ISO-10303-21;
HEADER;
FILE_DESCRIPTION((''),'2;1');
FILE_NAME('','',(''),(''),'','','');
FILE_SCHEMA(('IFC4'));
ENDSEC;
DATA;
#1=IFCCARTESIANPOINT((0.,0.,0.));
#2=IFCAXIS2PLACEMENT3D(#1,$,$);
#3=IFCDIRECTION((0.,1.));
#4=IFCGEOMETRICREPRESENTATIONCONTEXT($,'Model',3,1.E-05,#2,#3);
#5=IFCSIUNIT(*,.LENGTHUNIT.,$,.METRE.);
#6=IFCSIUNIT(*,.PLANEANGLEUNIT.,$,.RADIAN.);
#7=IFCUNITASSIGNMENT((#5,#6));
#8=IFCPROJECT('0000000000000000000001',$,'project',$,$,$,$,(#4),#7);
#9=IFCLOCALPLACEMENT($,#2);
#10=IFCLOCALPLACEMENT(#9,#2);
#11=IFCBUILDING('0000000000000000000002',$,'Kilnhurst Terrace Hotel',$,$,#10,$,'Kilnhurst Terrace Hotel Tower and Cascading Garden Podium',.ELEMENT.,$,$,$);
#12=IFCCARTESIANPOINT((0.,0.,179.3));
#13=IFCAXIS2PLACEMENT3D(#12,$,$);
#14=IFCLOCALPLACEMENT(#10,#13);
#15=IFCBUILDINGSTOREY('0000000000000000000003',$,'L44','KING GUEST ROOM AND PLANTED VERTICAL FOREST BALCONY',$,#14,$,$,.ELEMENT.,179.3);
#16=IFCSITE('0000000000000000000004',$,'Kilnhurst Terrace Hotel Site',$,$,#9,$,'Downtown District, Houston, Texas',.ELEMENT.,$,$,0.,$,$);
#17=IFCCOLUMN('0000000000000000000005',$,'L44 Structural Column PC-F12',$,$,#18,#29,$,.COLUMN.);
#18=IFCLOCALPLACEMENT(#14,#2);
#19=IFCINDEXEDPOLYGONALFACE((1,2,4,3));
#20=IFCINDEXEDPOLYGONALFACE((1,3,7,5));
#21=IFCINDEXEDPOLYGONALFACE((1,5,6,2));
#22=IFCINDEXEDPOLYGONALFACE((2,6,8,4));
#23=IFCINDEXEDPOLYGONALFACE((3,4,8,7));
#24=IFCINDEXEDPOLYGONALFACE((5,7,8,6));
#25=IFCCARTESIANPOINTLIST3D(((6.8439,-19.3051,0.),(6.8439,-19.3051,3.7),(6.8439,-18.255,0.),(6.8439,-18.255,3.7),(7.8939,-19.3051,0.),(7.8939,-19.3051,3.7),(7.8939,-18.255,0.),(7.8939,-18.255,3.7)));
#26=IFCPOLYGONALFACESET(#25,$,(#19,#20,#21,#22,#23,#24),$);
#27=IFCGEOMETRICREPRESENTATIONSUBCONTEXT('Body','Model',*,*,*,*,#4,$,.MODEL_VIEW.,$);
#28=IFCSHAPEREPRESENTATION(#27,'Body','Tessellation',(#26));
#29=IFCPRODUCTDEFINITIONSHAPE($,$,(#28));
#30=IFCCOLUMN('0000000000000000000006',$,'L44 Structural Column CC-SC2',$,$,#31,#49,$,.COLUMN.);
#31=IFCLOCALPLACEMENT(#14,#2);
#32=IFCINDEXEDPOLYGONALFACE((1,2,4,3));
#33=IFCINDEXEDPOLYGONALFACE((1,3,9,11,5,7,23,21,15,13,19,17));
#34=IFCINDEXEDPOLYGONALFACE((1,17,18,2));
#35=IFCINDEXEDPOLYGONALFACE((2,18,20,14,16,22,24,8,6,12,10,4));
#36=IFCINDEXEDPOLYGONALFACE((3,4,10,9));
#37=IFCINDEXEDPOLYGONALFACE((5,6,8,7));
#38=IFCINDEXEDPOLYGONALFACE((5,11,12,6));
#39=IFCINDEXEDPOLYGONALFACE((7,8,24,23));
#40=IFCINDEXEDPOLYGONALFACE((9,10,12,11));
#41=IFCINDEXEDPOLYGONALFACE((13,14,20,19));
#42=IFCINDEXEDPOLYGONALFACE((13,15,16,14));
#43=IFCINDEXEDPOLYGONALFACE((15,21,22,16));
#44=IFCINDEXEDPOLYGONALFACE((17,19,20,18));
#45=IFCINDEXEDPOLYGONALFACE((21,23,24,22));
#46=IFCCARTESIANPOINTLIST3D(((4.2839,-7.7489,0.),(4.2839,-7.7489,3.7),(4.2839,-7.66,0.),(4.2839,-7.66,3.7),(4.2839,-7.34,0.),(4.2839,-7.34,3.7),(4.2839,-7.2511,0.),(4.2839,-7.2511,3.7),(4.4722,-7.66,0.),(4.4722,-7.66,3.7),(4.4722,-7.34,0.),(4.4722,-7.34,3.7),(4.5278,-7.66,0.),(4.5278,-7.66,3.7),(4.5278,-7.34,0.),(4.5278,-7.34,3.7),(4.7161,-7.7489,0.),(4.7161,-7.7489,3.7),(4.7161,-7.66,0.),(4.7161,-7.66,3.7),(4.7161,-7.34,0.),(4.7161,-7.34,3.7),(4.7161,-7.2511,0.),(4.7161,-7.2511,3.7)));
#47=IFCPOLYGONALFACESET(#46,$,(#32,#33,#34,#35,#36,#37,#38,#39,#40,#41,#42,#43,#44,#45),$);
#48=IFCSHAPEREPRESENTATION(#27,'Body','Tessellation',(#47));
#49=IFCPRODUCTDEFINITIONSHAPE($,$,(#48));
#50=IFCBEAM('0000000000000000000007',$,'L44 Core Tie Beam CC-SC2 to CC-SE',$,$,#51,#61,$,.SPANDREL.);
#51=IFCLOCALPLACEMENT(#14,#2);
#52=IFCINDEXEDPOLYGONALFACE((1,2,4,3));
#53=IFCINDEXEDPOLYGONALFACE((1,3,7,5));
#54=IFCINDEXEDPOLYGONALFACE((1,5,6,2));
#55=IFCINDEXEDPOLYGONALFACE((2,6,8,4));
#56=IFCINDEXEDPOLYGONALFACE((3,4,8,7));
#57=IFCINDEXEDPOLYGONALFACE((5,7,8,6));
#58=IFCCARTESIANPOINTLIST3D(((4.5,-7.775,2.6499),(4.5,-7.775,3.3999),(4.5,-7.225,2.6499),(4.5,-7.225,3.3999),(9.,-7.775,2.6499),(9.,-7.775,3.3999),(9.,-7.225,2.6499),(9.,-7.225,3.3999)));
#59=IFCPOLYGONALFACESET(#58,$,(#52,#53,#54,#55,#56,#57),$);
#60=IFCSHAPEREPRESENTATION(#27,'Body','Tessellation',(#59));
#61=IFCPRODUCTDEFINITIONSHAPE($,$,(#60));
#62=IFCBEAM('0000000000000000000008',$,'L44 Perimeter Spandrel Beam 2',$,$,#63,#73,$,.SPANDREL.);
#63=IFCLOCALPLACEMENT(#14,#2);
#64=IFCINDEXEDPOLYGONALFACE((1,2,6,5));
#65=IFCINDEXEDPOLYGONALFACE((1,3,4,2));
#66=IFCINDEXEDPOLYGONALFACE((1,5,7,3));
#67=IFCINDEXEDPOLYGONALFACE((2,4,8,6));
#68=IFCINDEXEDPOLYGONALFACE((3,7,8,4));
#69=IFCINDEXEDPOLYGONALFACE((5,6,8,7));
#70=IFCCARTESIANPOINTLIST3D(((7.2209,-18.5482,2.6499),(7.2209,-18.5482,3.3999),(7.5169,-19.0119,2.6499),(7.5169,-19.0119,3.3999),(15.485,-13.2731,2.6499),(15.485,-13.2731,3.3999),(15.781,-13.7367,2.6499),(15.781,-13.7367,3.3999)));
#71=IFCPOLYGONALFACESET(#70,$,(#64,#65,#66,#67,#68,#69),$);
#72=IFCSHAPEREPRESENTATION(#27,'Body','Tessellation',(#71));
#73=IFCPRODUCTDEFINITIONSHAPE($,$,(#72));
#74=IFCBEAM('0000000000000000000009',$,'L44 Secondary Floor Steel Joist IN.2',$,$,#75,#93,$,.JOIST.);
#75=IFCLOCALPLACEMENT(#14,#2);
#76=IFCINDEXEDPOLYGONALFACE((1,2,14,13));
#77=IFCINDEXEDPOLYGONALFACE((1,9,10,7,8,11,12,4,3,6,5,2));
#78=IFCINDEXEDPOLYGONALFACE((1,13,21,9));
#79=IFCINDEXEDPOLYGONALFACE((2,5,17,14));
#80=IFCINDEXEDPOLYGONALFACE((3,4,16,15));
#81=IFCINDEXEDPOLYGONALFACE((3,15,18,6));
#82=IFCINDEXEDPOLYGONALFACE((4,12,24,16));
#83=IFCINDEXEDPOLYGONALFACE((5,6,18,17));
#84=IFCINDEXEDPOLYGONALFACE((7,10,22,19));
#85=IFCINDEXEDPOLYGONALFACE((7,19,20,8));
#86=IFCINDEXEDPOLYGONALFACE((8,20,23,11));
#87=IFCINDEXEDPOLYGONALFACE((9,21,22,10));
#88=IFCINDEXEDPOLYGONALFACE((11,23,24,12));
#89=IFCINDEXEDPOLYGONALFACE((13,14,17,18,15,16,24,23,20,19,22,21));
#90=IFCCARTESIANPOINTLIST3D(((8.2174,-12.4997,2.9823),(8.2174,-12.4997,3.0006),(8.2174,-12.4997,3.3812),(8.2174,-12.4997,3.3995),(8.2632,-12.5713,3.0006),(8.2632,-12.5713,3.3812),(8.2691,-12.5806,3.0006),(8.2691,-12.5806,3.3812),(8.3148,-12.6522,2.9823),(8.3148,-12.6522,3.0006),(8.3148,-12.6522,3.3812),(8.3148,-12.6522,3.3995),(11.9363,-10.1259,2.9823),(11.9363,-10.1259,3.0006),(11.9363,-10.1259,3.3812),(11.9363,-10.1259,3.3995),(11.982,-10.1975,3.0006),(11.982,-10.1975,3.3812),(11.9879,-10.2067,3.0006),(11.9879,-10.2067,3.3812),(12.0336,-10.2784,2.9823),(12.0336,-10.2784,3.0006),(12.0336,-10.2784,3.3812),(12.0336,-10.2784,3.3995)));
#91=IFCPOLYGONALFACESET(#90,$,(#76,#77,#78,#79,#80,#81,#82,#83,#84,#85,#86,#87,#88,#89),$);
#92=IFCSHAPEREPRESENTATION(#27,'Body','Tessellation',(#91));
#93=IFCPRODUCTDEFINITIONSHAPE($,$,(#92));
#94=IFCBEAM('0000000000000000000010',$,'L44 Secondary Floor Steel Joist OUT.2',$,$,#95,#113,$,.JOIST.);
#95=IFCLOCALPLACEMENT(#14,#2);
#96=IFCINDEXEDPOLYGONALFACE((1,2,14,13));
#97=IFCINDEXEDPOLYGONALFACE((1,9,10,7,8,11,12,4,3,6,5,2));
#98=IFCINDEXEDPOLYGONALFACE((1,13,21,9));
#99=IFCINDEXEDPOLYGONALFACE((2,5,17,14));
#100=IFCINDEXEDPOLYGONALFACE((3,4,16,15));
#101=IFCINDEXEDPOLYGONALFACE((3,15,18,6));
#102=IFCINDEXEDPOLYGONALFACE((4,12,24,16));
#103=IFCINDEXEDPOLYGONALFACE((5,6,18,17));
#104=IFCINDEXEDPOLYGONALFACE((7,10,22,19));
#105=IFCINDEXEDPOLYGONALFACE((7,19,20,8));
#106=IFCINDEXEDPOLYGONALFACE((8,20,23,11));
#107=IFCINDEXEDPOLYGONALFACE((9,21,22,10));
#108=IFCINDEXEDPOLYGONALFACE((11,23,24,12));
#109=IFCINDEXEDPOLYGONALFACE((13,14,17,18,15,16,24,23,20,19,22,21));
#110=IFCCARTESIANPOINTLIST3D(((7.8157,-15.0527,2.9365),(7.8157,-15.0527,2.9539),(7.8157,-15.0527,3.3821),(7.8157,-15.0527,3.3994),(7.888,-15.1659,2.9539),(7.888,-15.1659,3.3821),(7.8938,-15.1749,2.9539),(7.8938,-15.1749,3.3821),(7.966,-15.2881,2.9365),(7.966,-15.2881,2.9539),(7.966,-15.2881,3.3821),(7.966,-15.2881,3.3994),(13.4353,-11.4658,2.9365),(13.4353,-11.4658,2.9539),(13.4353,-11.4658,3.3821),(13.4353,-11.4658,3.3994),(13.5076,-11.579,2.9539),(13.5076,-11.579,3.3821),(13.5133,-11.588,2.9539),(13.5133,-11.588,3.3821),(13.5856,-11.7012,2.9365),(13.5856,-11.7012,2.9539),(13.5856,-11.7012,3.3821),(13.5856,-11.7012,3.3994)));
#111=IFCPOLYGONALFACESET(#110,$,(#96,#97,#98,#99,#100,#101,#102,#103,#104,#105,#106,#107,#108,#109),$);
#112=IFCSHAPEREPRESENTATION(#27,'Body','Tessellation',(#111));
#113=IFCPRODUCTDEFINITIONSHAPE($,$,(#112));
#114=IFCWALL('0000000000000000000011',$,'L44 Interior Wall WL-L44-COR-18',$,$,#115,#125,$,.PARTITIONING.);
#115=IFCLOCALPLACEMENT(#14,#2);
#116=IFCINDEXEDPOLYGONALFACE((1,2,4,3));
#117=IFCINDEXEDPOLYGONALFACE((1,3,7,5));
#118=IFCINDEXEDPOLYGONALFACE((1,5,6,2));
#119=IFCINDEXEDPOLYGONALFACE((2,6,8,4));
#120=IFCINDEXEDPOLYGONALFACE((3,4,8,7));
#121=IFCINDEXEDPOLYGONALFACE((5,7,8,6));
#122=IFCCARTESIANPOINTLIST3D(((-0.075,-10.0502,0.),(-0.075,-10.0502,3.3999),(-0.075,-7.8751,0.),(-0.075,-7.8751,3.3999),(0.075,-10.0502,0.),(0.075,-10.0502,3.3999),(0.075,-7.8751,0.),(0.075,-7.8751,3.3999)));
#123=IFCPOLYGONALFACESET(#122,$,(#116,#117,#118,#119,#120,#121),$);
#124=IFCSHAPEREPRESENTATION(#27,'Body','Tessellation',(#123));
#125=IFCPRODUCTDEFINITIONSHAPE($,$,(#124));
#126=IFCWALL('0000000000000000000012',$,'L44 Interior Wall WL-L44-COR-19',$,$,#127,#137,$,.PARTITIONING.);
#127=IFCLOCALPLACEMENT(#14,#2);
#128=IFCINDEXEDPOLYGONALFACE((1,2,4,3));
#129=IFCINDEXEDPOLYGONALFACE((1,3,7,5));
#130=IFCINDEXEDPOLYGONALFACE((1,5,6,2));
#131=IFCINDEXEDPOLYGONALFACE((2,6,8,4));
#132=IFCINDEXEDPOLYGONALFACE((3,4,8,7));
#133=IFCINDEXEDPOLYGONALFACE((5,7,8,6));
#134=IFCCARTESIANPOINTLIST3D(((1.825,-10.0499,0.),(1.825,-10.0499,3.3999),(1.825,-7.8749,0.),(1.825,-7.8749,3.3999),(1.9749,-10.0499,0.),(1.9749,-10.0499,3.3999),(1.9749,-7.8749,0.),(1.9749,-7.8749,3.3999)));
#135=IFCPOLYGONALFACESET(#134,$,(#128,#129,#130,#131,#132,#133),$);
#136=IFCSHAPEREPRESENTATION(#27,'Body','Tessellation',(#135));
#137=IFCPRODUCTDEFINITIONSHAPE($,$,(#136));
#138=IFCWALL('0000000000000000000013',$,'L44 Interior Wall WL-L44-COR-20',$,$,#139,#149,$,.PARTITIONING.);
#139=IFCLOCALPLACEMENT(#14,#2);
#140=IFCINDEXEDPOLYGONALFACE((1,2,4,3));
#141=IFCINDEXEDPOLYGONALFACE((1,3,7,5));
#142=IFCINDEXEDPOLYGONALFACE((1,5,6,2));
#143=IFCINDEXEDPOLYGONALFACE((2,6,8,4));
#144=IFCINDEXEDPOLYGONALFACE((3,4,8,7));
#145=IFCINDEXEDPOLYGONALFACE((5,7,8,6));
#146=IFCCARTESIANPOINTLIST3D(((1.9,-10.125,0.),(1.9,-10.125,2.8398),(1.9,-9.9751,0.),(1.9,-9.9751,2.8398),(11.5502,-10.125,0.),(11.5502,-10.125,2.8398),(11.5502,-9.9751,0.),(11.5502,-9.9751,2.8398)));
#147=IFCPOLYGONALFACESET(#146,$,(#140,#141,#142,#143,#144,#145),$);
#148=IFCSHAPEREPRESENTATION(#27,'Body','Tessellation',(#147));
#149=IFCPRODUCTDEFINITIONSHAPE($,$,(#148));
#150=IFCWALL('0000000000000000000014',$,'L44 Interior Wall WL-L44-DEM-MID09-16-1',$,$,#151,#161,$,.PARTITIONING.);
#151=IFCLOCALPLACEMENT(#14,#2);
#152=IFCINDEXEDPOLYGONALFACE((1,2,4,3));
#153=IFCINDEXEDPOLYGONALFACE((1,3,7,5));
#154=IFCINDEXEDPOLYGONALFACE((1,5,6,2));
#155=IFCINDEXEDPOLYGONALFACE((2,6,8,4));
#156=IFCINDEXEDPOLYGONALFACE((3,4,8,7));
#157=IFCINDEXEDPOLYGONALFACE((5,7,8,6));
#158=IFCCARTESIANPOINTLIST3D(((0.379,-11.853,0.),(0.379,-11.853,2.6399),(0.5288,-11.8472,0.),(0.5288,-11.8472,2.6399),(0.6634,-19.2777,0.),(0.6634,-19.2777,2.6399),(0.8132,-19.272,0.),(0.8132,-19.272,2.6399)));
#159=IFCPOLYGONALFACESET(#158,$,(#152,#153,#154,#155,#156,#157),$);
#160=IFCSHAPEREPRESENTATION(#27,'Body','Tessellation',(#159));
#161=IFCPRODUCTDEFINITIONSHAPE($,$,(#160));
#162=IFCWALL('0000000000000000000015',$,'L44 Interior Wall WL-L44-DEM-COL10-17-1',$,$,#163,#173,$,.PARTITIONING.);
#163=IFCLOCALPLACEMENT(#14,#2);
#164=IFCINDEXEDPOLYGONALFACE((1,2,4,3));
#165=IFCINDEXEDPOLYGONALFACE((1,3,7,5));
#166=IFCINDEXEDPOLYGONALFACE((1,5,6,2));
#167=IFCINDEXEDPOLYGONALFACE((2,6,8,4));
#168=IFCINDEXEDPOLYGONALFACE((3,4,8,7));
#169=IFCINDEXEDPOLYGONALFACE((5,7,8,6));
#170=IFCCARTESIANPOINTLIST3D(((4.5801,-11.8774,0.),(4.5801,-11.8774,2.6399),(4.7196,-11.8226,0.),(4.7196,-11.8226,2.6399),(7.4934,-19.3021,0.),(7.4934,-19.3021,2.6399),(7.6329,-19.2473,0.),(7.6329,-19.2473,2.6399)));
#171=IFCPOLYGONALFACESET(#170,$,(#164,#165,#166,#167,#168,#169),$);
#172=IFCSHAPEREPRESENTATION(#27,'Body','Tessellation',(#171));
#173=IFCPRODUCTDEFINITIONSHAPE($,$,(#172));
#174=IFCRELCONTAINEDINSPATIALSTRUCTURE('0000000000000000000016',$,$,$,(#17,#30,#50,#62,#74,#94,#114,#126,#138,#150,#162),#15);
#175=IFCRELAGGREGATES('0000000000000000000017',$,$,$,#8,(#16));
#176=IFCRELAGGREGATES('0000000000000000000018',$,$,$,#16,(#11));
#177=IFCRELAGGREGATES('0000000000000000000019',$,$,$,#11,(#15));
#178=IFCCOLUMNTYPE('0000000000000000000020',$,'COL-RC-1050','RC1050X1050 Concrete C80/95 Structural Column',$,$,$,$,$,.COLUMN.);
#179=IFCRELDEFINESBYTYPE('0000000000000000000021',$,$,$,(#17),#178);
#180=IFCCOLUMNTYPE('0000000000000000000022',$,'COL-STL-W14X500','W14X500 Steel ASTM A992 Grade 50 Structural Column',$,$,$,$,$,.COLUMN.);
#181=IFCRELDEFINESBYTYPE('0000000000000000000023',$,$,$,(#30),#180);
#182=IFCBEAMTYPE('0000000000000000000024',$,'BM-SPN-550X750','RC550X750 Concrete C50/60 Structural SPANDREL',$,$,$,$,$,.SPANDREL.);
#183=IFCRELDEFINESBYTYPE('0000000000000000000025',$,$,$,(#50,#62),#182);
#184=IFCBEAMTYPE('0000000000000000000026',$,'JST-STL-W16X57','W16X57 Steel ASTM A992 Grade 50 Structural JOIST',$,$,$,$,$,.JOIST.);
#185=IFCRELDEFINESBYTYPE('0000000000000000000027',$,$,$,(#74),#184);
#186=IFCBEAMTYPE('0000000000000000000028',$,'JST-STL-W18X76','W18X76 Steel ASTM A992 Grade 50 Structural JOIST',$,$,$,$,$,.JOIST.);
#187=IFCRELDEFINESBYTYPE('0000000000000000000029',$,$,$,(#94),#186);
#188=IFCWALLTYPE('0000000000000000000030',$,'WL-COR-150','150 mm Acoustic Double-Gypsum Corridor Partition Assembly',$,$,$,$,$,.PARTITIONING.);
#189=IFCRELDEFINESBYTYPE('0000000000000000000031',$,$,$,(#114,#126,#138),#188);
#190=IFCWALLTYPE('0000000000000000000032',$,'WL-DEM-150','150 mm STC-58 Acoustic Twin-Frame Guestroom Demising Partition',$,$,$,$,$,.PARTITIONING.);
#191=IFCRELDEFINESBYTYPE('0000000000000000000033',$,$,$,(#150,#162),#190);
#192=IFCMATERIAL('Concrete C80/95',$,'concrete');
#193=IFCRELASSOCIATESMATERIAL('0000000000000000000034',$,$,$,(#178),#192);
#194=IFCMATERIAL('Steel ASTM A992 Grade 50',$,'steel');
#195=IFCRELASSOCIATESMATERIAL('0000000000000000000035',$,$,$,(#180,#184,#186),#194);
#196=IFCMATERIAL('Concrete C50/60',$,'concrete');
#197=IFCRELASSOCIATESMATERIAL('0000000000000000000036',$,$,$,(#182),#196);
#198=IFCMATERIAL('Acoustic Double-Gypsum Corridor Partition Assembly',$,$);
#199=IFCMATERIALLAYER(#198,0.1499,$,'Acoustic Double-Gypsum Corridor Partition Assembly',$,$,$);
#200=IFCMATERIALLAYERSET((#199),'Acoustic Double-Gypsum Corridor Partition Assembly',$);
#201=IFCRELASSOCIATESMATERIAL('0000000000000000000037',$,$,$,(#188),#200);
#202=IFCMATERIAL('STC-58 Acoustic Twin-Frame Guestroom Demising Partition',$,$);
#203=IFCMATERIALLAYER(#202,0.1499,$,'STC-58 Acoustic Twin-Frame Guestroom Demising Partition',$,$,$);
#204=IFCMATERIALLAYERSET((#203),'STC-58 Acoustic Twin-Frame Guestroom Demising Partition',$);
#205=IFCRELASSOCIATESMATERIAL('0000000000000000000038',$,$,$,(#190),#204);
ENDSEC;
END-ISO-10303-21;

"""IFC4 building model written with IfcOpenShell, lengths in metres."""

from ifc_helpers import new_model, si_unit, direction, frame, frame_2d, origin, origin_2d, place, context, subcontext, project, spatial, rectangle, i_section, extrude, material, layer, layer_set, material_profile, profile_set, type_object, element, save


model = new_model("IFC4")

# Units and contexts
model_context = context("Model", 3, precision=1e-05, world=origin(), true_north=direction((0.0, 1.0)))
body_context = subcontext(model_context, "Body", "Model", "MODEL_VIEW")
ifc_project = project(units=[si_unit("LENGTHUNIT", "METRE"), si_unit("PLANEANGLEUNIT", "RADIAN")], contexts=[model_context])

# Site, building, storey
site_placement = place(None, origin())
site = spatial("IfcSite", under=ifc_project, at=site_placement, Name="Kilnhurst Terrace Hotel Site", LongName="Downtown District, Houston, Texas", CompositionType="ELEMENT", RefElevation=0.0)
building_placement = place(site_placement, origin())
building = spatial("IfcBuilding", under=site, at=building_placement, Name="Kilnhurst Terrace Hotel", LongName="Kilnhurst Terrace Hotel Tower and Cascading Garden Podium", CompositionType="ELEMENT")
storey_placement = place(building_placement, frame((0.0, 0.0, 179.3)))
storey = spatial("IfcBuildingStorey", under=building, at=storey_placement, Name="L44", Description="KING GUEST ROOM AND PLANTED VERTICAL FOREST BALCONY", CompositionType="ELEMENT", Elevation=179.3)

# Columns
ifc_material_1 = material(Name="Concrete C80/95", Category="concrete")
ifc_material_profile_1 = material_profile(ifc_material_1, rectangle(XDim=1.05, YDim=1.05, at=origin_2d()), Name="RC1050X1050")
ifc_profile_set_1 = profile_set([ifc_material_profile_1], Name="Concrete C80/95")
column_type_1 = type_object("IfcColumnType", Name="COL-RC-1050", Description="RC1050X1050 Concrete C80/95 Structural Column", PredefinedType="COLUMN", material=ifc_profile_set_1)
column_1_placement = place(storey_placement, frame((7.3689, -18.78, 0.0), z_axis=(0.0, 0.0, 1.0), x_axis=(1.0, 0.0, 0.0)))
element("IfcColumn", 1, at=column_1_placement, inside=storey, type_object=column_type_1, Name="L44 Structural Column PC-F12", PredefinedType="COLUMN", context=body_context, shape_type="SweptSolid", body=[
    extrude(rectangle(XDim=1.05, YDim=1.05, at=origin_2d()), origin(), (0.0, 0.0, 1.0), 3.7),
])
ifc_material_2 = material(Name="Steel ASTM A992 Grade 50", Category="steel")
ifc_material_profile_2 = material_profile(ifc_material_2, i_section(OverallWidth=0.4321, OverallDepth=0.4978, WebThickness=0.0557, FlangeThickness=0.0889, at=origin_2d()), Name="W14X500")
ifc_profile_set_2 = profile_set([ifc_material_profile_2], Name="Steel ASTM A992 Grade 50")
column_type_2 = type_object("IfcColumnType", Name="COL-STL-W14X500", Description="W14X500 Steel ASTM A992 Grade 50 Structural Column", PredefinedType="COLUMN", material=ifc_profile_set_2)
column_2_placement = place(storey_placement, frame((4.5, -7.5, 0.0), z_axis=(0.0, 0.0, 1.0), x_axis=(1.0, 0.0, 0.0)))
element("IfcColumn", 2, at=column_2_placement, inside=storey, type_object=column_type_2, Name="L44 Structural Column CC-SC2", PredefinedType="COLUMN", context=body_context, shape_type="SweptSolid", body=[
    extrude(i_section(OverallWidth=0.4321, OverallDepth=0.4978, WebThickness=0.0557, FlangeThickness=0.0889, at=origin_2d()), origin(), (0.0, 0.0, 1.0), 3.7),
])

# Beams
ifc_material_3 = material(Name="Concrete C50/60", Category="concrete")
ifc_material_profile_3 = material_profile(ifc_material_3, rectangle(XDim=0.55, YDim=0.75, at=origin_2d()), Name="RC550X750")
ifc_profile_set_3 = profile_set([ifc_material_profile_3], Name="Concrete C50/60")
beam_type_1 = type_object("IfcBeamType", Name="BM-SPN-550X750", Description="RC550X750 Concrete C50/60 Structural SPANDREL", PredefinedType="SPANDREL", material=ifc_profile_set_3)
beam_1_placement = place(storey_placement, frame((4.5, -7.5, 3.0249), z_axis=(1.0, 0.0, 0.0), x_axis=(0.0, 1.0, 0.0)))
element("IfcBeam", 3, at=beam_1_placement, inside=storey, type_object=beam_type_1, Name="L44 Core Tie Beam CC-SC2 to CC-SE", PredefinedType="SPANDREL", context=body_context, shape_type="SweptSolid", body=[
    extrude(rectangle(XDim=0.55, YDim=0.75, at=origin_2d()), origin(), (0.0, 0.0, 1.0), 4.5),
])
beam_2_placement = place(storey_placement, frame((7.3689, -18.78, 3.0249), z_axis=(0.842915, 0.538046, 0.0), x_axis=(-0.538046, 0.842915, 0.0)))
element("IfcBeam", 4, at=beam_2_placement, inside=storey, type_object=beam_type_1, Name="L44 Perimeter Spandrel Beam 2", PredefinedType="SPANDREL", context=body_context, shape_type="SweptSolid", body=[
    extrude(rectangle(XDim=0.55, YDim=0.75, at=origin_2d()), origin(), (0.0, 0.0, 1.0), 9.8042),
])
ifc_material_profile_4 = material_profile(ifc_material_2, i_section(OverallWidth=0.1809, OverallDepth=0.4172, WebThickness=0.011, FlangeThickness=0.0183, at=origin_2d()), Name="W16X57")
ifc_profile_set_4 = profile_set([ifc_material_profile_4], Name="Steel ASTM A992 Grade 50")
beam_type_2 = type_object("IfcBeamType", Name="JST-STL-W16X57", Description="W16X57 Steel ASTM A992 Grade 50 Structural JOIST", PredefinedType="JOIST", material=ifc_profile_set_4)
beam_3_placement = place(storey_placement, frame((8.2661, -12.5759, 3.1909), z_axis=(0.842911, 0.538053, 0.0), x_axis=(-0.538053, 0.842911, 0.0)))
element("IfcBeam", 5, at=beam_3_placement, inside=storey, type_object=beam_type_2, Name="L44 Secondary Floor Steel Joist IN.2", PredefinedType="JOIST", context=body_context, shape_type="SweptSolid", body=[
    extrude(i_section(OverallWidth=0.1809, OverallDepth=0.4172, WebThickness=0.011, FlangeThickness=0.0183, at=origin_2d()), origin(), (0.0, 0.0, 1.0), 4.4119),
])
ifc_material_profile_5 = material_profile(ifc_material_2, i_section(OverallWidth=0.2793, OverallDepth=0.4629, WebThickness=0.0107, FlangeThickness=0.0173, at=origin_2d()), Name="W18X76")
ifc_profile_set_5 = profile_set([ifc_material_profile_5], Name="Steel ASTM A992 Grade 50")
beam_type_3 = type_object("IfcBeamType", Name="JST-STL-W18X76", Description="W18X76 Steel ASTM A992 Grade 50 Structural JOIST", PredefinedType="JOIST", material=ifc_profile_set_5)
beam_4_placement = place(storey_placement, frame((7.8909, -15.1704, 3.168), z_axis=(0.842928, 0.538027, 0.0), x_axis=(-0.538027, 0.842928, 0.0)))
element("IfcBeam", 6, at=beam_4_placement, inside=storey, type_object=beam_type_3, Name="L44 Secondary Floor Steel Joist OUT.2", PredefinedType="JOIST", context=body_context, shape_type="SweptSolid", body=[
    extrude(i_section(OverallWidth=0.2793, OverallDepth=0.4629, WebThickness=0.0107, FlangeThickness=0.0173, at=origin_2d()), origin(), (0.0, 0.0, 1.0), 6.6667),
])

# Walls
ifc_material_4 = material(Name="Acoustic Double-Gypsum Corridor Partition Assembly")
ifc_layer_1 = layer(ifc_material_4, 0.1499, Name="Acoustic Double-Gypsum Corridor Partition Assembly")
ifc_layer_set_1 = layer_set([ifc_layer_1], Name="Acoustic Double-Gypsum Corridor Partition Assembly")
wall_type_1 = type_object("IfcWallType", Name="WL-COR-150", Description="150 mm Acoustic Double-Gypsum Corridor Partition Assembly", PredefinedType="PARTITIONING", material=ifc_layer_set_1)
for number, where, z_axis, x_axis, name in (
    (7, (0.0, -10.05, 0.0), (0.0, 0.0, 1.0), (0.0, 1.0, 0.0), "L44 Interior Wall WL-L44-COR-18"),
    (8, (1.8999, -7.875, 0.0), (0.0, 0.0, 1.0), (0.0, -1.0, 0.0), "L44 Interior Wall WL-L44-COR-19"),
):
    element("IfcWall", number, at=place(storey_placement, frame(where, z_axis=z_axis, x_axis=x_axis)), inside=storey, type_object=wall_type_1, Name=name, PredefinedType="PARTITIONING", context=body_context, shape_type="SweptSolid", body=[
        extrude(rectangle(XDim=2.175, YDim=0.1499, at=frame_2d((1.0874, 0.0))), origin(), (0.0, 0.0, 1.0), 3.3999),
    ])
wall_1_placement = place(storey_placement, frame((1.8999, -10.05, 0.0), z_axis=(0.0, 0.0, 1.0), x_axis=(1.0, 0.0, 0.0)))
element("IfcWall", 9, at=wall_1_placement, inside=storey, type_object=wall_type_1, Name="L44 Interior Wall WL-L44-COR-20", PredefinedType="PARTITIONING", context=body_context, shape_type="SweptSolid", body=[
    extrude(rectangle(XDim=9.6501, YDim=0.1499, at=frame_2d((4.8252, 0.0))), origin(), (0.0, 0.0, 1.0), 2.8398),
])
ifc_material_5 = material(Name="STC-58 Acoustic Twin-Frame Guestroom Demising Partition")
ifc_layer_2 = layer(ifc_material_5, 0.1499, Name="STC-58 Acoustic Twin-Frame Guestroom Demising Partition")
ifc_layer_set_2 = layer_set([ifc_layer_2], Name="STC-58 Acoustic Twin-Frame Guestroom Demising Partition")
wall_type_2 = type_object("IfcWallType", Name="WL-DEM-150", Description="150 mm STC-58 Acoustic Twin-Frame Guestroom Demising Partition", PredefinedType="PARTITIONING", material=ifc_layer_set_2)
wall_2_placement = place(storey_placement, frame((0.4539, -11.8501, 0.0), z_axis=(0.0, 0.0, 1.0), x_axis=(0.038279, -0.999267, 0.0)))
element("IfcWall", 10, at=wall_2_placement, inside=storey, type_object=wall_type_2, Name="L44 Interior Wall WL-L44-DEM-MID09-16-1", PredefinedType="PARTITIONING", context=body_context, shape_type="SweptSolid", body=[
    extrude(rectangle(XDim=7.4302, YDim=0.1499, at=frame_2d((3.7151, 0.0))), origin(), (0.0, 0.0, 1.0), 2.6399),
])
wall_3_placement = place(storey_placement, frame((4.6499, -11.8501, 0.0), z_axis=(0.0, 0.0, 1.0), x_axis=(0.365266, -0.930903, 0.0)))
element("IfcWall", 11, at=wall_3_placement, inside=storey, type_object=wall_type_2, Name="L44 Interior Wall WL-L44-DEM-COL10-17-1", PredefinedType="PARTITIONING", context=body_context, shape_type="SweptSolid", body=[
    extrude(rectangle(XDim=7.9758, YDim=0.1499, at=frame_2d((3.9878, 0.0))), origin(), (0.0, 0.0, 1.0), 2.6399),
])

save(model, "model.ifc")
